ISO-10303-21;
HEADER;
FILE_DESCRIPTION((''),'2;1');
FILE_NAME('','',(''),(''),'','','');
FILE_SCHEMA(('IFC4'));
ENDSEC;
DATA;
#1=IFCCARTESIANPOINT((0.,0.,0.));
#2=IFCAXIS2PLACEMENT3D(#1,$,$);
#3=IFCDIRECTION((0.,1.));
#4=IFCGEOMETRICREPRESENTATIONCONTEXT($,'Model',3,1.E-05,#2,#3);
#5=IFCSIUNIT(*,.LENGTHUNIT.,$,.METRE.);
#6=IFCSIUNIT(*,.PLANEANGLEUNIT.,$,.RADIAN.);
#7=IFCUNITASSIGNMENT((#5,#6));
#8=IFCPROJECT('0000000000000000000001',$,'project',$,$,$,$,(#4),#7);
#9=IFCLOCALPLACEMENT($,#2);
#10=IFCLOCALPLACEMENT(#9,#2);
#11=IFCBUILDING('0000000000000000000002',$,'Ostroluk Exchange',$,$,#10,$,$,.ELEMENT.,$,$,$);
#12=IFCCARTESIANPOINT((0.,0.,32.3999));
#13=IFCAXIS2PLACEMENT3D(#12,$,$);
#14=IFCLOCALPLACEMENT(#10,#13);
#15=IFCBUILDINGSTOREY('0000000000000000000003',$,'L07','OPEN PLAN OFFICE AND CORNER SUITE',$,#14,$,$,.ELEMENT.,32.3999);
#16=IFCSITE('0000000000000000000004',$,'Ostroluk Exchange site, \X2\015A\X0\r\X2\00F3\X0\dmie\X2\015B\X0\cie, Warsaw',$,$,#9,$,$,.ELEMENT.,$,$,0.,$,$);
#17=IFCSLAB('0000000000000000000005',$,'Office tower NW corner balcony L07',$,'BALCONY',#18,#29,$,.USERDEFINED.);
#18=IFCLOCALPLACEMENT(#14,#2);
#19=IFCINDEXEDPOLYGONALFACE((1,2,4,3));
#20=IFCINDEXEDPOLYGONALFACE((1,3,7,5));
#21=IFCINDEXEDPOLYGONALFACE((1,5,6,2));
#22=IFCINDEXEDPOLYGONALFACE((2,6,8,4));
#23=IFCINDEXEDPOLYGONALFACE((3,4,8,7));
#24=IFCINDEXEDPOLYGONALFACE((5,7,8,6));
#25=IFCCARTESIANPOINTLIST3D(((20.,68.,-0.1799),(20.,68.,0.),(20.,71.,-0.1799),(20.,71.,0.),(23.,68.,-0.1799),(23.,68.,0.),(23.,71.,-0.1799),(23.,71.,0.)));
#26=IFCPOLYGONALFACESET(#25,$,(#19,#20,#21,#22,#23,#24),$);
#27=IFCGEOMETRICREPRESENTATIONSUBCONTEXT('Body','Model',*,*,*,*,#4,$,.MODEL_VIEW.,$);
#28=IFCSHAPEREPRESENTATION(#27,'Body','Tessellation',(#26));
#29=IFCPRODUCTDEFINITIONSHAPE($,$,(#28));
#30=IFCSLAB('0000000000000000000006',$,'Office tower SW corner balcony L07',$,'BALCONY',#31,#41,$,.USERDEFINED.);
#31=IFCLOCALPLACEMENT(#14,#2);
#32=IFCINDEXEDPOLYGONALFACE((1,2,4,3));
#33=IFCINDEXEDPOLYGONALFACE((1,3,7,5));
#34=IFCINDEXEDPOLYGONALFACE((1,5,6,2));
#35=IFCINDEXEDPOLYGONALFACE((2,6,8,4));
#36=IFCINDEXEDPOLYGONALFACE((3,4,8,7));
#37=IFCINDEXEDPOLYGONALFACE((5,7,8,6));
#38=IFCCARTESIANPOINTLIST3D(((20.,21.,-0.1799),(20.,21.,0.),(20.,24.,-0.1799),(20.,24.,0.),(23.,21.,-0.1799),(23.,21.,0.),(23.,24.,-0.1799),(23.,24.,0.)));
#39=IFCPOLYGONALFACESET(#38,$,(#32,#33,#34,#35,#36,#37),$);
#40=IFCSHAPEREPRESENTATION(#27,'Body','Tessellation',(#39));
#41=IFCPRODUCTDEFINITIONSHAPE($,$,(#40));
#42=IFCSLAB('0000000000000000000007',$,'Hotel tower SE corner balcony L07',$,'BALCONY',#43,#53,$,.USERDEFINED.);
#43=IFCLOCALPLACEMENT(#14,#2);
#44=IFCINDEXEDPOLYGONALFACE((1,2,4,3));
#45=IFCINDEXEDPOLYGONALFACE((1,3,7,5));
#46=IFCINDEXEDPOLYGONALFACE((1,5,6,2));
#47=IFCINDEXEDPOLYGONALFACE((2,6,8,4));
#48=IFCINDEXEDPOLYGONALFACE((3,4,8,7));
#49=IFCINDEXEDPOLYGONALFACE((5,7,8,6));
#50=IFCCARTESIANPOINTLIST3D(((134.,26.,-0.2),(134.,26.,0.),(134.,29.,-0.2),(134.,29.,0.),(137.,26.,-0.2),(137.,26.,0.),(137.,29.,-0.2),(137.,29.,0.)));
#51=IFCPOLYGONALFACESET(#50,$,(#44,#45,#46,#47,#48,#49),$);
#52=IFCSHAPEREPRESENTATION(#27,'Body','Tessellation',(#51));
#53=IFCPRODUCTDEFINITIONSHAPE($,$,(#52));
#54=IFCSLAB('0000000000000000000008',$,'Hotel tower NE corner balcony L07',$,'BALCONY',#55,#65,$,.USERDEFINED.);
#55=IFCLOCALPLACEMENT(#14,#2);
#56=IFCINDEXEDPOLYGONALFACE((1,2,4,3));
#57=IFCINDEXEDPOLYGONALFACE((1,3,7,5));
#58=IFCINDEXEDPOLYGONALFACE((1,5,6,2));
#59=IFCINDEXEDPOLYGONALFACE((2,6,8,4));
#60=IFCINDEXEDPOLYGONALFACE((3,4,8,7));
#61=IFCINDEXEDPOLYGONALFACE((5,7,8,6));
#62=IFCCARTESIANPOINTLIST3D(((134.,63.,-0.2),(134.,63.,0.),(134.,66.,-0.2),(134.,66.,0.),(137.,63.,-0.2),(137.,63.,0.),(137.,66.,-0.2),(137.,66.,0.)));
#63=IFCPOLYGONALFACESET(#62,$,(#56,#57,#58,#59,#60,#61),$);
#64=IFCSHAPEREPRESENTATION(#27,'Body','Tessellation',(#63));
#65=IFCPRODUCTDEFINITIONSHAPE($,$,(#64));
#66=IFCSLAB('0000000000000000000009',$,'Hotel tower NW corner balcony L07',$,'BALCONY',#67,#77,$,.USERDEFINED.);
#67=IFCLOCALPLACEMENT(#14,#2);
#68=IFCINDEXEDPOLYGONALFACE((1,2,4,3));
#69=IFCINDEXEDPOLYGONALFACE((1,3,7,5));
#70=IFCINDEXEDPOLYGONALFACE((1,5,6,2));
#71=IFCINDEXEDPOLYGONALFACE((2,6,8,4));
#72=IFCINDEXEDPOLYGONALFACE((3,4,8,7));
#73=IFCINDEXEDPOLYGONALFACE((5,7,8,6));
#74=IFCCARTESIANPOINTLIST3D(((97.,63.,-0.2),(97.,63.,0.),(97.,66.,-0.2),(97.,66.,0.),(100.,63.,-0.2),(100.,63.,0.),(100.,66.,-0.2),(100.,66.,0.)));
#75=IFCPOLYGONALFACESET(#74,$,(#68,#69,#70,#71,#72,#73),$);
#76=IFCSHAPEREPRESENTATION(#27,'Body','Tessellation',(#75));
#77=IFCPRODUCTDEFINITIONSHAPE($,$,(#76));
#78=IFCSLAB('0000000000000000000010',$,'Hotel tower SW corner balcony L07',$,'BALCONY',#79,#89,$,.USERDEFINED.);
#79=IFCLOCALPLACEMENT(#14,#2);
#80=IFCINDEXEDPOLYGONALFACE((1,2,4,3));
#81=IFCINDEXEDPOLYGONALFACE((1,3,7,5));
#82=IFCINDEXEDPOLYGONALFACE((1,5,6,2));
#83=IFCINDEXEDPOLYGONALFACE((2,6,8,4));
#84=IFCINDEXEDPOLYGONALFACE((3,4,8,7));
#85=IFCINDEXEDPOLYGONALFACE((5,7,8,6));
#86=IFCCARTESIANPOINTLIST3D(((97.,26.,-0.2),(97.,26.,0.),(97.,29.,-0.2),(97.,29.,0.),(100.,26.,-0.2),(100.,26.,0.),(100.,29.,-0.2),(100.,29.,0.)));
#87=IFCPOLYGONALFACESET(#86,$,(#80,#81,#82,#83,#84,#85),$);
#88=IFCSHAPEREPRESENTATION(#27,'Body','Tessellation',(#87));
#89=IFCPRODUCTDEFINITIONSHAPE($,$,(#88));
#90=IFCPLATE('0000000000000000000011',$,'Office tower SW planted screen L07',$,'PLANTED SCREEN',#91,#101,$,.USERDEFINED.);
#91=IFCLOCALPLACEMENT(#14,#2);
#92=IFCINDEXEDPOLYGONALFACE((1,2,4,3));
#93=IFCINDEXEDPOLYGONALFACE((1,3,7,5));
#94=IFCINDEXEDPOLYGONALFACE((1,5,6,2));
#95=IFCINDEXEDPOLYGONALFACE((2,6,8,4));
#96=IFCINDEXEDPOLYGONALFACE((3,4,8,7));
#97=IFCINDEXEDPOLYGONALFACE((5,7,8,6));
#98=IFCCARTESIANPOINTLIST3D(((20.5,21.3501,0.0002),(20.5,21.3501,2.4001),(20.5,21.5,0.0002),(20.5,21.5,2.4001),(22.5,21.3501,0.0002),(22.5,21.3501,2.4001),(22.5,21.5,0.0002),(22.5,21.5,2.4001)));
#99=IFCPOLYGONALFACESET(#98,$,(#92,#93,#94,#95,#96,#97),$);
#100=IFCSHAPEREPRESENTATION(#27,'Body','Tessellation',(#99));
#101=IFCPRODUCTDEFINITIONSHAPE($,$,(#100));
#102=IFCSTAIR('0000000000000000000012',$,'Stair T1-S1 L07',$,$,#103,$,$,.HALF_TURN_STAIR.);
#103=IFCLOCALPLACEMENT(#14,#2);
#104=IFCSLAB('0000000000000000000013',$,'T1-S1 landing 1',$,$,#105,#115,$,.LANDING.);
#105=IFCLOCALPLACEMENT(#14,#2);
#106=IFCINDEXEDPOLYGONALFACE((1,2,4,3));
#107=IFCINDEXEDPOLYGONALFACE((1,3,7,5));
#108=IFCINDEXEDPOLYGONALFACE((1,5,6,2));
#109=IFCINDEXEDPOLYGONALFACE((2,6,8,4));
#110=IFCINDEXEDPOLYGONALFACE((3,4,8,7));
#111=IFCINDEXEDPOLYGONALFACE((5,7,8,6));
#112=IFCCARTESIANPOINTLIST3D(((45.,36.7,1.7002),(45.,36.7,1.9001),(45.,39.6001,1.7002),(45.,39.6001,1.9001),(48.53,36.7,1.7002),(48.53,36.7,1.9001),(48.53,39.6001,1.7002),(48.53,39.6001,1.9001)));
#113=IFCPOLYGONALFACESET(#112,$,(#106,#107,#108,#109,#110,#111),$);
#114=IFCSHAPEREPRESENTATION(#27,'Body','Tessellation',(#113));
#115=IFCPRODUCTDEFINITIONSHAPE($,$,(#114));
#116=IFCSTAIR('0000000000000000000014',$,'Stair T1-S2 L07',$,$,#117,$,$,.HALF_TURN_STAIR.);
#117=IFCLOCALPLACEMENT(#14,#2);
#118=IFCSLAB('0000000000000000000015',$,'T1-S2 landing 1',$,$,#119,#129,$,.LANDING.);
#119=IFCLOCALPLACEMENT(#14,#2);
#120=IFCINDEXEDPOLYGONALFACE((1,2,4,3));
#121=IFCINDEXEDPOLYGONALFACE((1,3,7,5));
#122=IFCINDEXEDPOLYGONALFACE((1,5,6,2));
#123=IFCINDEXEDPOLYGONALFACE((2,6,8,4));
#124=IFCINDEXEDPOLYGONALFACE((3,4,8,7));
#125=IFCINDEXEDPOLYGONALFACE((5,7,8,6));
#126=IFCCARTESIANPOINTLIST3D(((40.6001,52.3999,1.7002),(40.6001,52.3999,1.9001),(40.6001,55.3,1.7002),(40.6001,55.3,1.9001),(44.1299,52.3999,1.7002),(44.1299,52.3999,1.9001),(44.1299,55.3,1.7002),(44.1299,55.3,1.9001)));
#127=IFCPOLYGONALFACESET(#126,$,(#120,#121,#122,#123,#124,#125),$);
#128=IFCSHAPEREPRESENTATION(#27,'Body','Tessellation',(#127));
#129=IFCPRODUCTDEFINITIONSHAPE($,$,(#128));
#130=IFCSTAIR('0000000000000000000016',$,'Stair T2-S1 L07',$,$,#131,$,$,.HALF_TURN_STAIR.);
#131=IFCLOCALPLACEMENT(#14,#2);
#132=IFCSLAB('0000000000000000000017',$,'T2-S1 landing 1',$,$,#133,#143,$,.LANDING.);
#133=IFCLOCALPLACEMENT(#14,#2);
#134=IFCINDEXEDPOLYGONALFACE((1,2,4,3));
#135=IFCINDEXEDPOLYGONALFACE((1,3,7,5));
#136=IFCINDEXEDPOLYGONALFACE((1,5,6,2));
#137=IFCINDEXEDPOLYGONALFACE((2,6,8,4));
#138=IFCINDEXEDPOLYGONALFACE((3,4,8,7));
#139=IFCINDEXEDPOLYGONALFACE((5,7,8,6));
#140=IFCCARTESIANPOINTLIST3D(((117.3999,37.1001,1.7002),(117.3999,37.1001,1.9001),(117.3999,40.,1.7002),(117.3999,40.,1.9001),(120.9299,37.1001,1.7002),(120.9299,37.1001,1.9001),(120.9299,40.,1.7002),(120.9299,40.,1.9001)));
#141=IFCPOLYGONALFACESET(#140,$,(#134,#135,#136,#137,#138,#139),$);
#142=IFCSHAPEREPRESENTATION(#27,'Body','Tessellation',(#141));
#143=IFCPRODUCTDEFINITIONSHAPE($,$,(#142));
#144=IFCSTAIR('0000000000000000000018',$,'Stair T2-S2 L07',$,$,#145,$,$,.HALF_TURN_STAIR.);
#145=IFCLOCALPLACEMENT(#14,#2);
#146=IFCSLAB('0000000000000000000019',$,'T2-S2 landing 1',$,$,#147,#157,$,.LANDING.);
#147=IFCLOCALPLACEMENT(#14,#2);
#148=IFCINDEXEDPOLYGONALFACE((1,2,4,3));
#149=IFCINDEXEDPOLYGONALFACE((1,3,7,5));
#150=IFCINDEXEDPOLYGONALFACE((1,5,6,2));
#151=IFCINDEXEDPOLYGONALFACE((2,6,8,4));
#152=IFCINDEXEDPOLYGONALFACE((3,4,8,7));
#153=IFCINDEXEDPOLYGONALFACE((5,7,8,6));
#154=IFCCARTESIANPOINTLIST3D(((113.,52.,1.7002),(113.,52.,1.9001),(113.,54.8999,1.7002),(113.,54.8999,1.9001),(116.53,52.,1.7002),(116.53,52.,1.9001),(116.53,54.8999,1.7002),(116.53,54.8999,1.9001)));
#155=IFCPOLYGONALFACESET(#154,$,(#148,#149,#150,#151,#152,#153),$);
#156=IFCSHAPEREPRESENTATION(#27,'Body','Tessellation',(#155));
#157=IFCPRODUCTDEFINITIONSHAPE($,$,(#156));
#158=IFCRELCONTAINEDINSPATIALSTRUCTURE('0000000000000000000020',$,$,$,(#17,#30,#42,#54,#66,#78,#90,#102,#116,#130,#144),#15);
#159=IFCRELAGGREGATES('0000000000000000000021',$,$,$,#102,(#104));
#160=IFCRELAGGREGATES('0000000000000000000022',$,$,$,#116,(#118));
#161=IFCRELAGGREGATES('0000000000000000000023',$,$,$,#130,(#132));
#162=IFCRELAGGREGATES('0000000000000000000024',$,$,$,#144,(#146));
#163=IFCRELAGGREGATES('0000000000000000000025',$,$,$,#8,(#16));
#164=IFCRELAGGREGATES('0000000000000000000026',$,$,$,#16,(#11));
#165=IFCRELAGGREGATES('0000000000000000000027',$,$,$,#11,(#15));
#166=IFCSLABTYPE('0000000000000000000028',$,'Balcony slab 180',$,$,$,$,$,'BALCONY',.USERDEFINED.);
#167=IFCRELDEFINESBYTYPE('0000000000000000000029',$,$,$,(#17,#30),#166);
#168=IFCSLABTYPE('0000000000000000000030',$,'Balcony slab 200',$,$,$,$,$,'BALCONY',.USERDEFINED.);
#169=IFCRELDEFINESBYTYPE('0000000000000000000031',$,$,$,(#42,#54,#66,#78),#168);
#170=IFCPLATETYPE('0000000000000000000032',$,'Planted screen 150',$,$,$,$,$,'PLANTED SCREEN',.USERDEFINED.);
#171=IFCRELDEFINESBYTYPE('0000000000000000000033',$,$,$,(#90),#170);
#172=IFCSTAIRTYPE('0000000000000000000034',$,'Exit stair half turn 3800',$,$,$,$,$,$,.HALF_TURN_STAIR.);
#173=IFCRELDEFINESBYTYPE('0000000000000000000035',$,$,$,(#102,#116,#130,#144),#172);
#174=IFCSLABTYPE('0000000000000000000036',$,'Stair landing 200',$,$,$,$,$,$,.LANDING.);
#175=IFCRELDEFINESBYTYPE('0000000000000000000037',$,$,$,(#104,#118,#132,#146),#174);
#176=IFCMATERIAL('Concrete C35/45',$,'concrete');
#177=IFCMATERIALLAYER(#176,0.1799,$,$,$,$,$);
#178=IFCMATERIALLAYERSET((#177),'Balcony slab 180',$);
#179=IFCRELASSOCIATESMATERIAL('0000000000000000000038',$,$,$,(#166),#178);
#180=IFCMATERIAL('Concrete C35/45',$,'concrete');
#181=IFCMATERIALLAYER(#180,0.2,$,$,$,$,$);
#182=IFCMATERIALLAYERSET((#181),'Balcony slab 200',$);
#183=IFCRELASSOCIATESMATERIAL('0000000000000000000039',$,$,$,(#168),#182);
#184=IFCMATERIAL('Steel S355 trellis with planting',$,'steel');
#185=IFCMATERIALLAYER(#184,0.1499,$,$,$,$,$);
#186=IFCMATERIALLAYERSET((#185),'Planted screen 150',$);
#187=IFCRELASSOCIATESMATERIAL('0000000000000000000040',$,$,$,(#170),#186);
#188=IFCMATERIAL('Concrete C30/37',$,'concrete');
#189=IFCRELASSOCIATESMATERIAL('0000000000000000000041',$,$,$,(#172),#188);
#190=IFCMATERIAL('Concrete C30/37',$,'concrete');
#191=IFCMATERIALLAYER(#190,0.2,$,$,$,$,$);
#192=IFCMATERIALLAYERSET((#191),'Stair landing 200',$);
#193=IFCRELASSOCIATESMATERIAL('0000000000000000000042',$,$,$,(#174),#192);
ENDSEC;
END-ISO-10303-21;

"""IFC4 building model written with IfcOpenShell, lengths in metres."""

from ifc_helpers import new_model, si_unit, direction, frame, origin, origin_2d, place, context, subcontext, project, spatial, polyline, rectangle, outline, extrude, material, layer, layer_set, type_object, element, aggregate, save


model = new_model("IFC4")

# Units and contexts
model_context = context("Model", 3, precision=1e-05, world=origin(), true_north=direction((0.0, 1.0)))
body_context = subcontext(model_context, "Body", "Model", "MODEL_VIEW")
ifc_project = project(units=[si_unit("LENGTHUNIT", "METRE"), si_unit("PLANEANGLEUNIT", "RADIAN")], contexts=[model_context])

# Site, building, storey
site_placement = place(None, origin())
site = spatial("IfcSite", under=ifc_project, at=site_placement, Name="Ostroluk Exchange site, Śródmieście, Warsaw", CompositionType="ELEMENT", RefElevation=0.0)
building_placement = place(site_placement, origin())
building = spatial("IfcBuilding", under=site, at=building_placement, Name="Ostroluk Exchange", CompositionType="ELEMENT")
storey_placement = place(building_placement, frame((0.0, 0.0, 32.3999)))
storey = spatial("IfcBuildingStorey", under=building, at=storey_placement, Name="L07", Description="OPEN PLAN OFFICE AND CORNER SUITE", CompositionType="ELEMENT", Elevation=32.3999)

# Slabs
ifc_material_1 = material(Name="Concrete C35/45", Category="concrete")
ifc_layer_1 = layer(ifc_material_1, 0.1799)
ifc_layer_set_1 = layer_set([ifc_layer_1], Name="Balcony slab 180")
slab_type_1 = type_object("IfcSlabType", Name="Balcony slab 180", ElementType="BALCONY", PredefinedType="USERDEFINED", material=ifc_layer_set_1)
slab_1_placement = place(storey_placement, frame((0.0, 0.0, -0.1799)))
element("IfcSlab", 1, at=slab_1_placement, inside=storey, type_object=slab_type_1, Name="Office tower NW corner balcony L07", ObjectType="BALCONY", PredefinedType="USERDEFINED", context=body_context, shape_type="SweptSolid", body=[
    extrude(outline(polyline([(20.0, 68.0), (23.0, 68.0), (23.0, 71.0), (20.0, 71.0), (20.0, 68.0)])), origin(), (0.0, 0.0, 1.0), 0.1799),
])
slab_2_placement = place(storey_placement, frame((0.0, 0.0, -0.1799)))
element("IfcSlab", 2, at=slab_2_placement, inside=storey, type_object=slab_type_1, Name="Office tower SW corner balcony L07", ObjectType="BALCONY", PredefinedType="USERDEFINED", context=body_context, shape_type="SweptSolid", body=[
    extrude(outline(polyline([(20.0, 21.0), (23.0, 21.0), (23.0, 24.0), (20.0, 24.0), (20.0, 21.0)])), origin(), (0.0, 0.0, 1.0), 0.1799),
])
ifc_material_2 = material(Name="Concrete C35/45", Category="concrete")
ifc_layer_2 = layer(ifc_material_2, 0.2)
ifc_layer_set_2 = layer_set([ifc_layer_2], Name="Balcony slab 200")
slab_type_2 = type_object("IfcSlabType", Name="Balcony slab 200", ElementType="BALCONY", PredefinedType="USERDEFINED", material=ifc_layer_set_2)
slab_3_placement = place(storey_placement, frame((0.0, 0.0, -0.2)))
element("IfcSlab", 3, at=slab_3_placement, inside=storey, type_object=slab_type_2, Name="Hotel tower SE corner balcony L07", ObjectType="BALCONY", PredefinedType="USERDEFINED", context=body_context, shape_type="SweptSolid", body=[
    extrude(outline(polyline([(134.0, 26.0), (137.0, 26.0), (137.0, 29.0), (134.0, 29.0), (134.0, 26.0)])), origin(), (0.0, 0.0, 1.0), 0.2),
])
slab_4_placement = place(storey_placement, frame((0.0, 0.0, -0.2)))
element("IfcSlab", 4, at=slab_4_placement, inside=storey, type_object=slab_type_2, Name="Hotel tower NE corner balcony L07", ObjectType="BALCONY", PredefinedType="USERDEFINED", context=body_context, shape_type="SweptSolid", body=[
    extrude(outline(polyline([(134.0, 63.0), (137.0, 63.0), (137.0, 66.0), (134.0, 66.0), (134.0, 63.0)])), origin(), (0.0, 0.0, 1.0), 0.2),
])
slab_5_placement = place(storey_placement, frame((0.0, 0.0, -0.2)))
element("IfcSlab", 5, at=slab_5_placement, inside=storey, type_object=slab_type_2, Name="Hotel tower NW corner balcony L07", ObjectType="BALCONY", PredefinedType="USERDEFINED", context=body_context, shape_type="SweptSolid", body=[
    extrude(outline(polyline([(97.0, 63.0), (100.0, 63.0), (100.0, 66.0), (97.0, 66.0), (97.0, 63.0)])), origin(), (0.0, 0.0, 1.0), 0.2),
])
slab_6_placement = place(storey_placement, frame((0.0, 0.0, -0.2)))
element("IfcSlab", 6, at=slab_6_placement, inside=storey, type_object=slab_type_2, Name="Hotel tower SW corner balcony L07", ObjectType="BALCONY", PredefinedType="USERDEFINED", context=body_context, shape_type="SweptSolid", body=[
    extrude(outline(polyline([(97.0, 26.0), (100.0, 26.0), (100.0, 29.0), (97.0, 29.0), (97.0, 26.0)])), origin(), (0.0, 0.0, 1.0), 0.2),
])

# Plate
ifc_material_3 = material(Name="Steel S355 trellis with planting", Category="steel")
ifc_layer_3 = layer(ifc_material_3, 0.1499)
ifc_layer_set_3 = layer_set([ifc_layer_3], Name="Planted screen 150")
plate_type = type_object("IfcPlateType", Name="Planted screen 150", ElementType="PLANTED SCREEN", PredefinedType="USERDEFINED", material=ifc_layer_set_3)
plate_placement = place(storey_placement, frame((21.5, 21.425, 0.0002), z_axis=(0.0, 0.0, 1.0), x_axis=(1.0, 0.0, 0.0)))
element("IfcPlate", 7, at=plate_placement, inside=storey, type_object=plate_type, Name="Office tower SW planted screen L07", ObjectType="PLANTED SCREEN", PredefinedType="USERDEFINED", context=body_context, shape_type="SweptSolid", body=[
    extrude(rectangle(XDim=2.0, YDim=0.1499, at=origin_2d()), origin(), (0.0, 0.0, 1.0), 2.3999),
])

# Stairs, slabs
ifc_material_4 = material(Name="Concrete C30/37", Category="concrete")
stair_type = type_object("IfcStairType", Name="Exit stair half turn 3800", PredefinedType="HALF_TURN_STAIR", material=ifc_material_4)
stair_1_placement = place(storey_placement, origin())
stair_1 = element("IfcStair", 8, at=stair_1_placement, inside=storey, type_object=stair_type, Name="Stair T1-S1 L07", PredefinedType="HALF_TURN_STAIR")
ifc_material_5 = material(Name="Concrete C30/37", Category="concrete")
ifc_layer_4 = layer(ifc_material_5, 0.2)
ifc_layer_set_4 = layer_set([ifc_layer_4], Name="Stair landing 200")
slab_type_3 = type_object("IfcSlabType", Name="Stair landing 200", PredefinedType="LANDING", material=ifc_layer_set_4)
slab_7_placement = place(storey_placement, frame((0.0, 0.0, 1.7002)))
slab_7 = element("IfcSlab", 9, at=slab_7_placement, type_object=slab_type_3, Name="T1-S1 landing 1", PredefinedType="LANDING", context=body_context, shape_type="SweptSolid", body=[
    extrude(outline(polyline([(45.0, 36.7), (45.0, 39.6001), (48.53, 39.6001), (48.53, 36.7), (45.0, 36.7)])), origin(), (0.0, 0.0, 1.0), 0.2),
])
aggregate(stair_1, [slab_7])
stair_2_placement = place(storey_placement, origin())
stair_2 = element("IfcStair", 10, at=stair_2_placement, inside=storey, type_object=stair_type, Name="Stair T1-S2 L07", PredefinedType="HALF_TURN_STAIR")
slab_8_placement = place(storey_placement, frame((0.0, 0.0, 1.7002)))
slab_8 = element("IfcSlab", 11, at=slab_8_placement, type_object=slab_type_3, Name="T1-S2 landing 1", PredefinedType="LANDING", context=body_context, shape_type="SweptSolid", body=[
    extrude(outline(polyline([(44.1299, 52.3999), (44.1299, 55.3), (40.6001, 55.3), (40.6001, 52.3999), (44.1299, 52.3999)])), origin(), (0.0, 0.0, 1.0), 0.2),
])
aggregate(stair_2, [slab_8])
stair_3_placement = place(storey_placement, origin())
stair_3 = element("IfcStair", 12, at=stair_3_placement, inside=storey, type_object=stair_type, Name="Stair T2-S1 L07", PredefinedType="HALF_TURN_STAIR")
slab_9_placement = place(storey_placement, frame((0.0, 0.0, 1.7002)))
slab_9 = element("IfcSlab", 13, at=slab_9_placement, type_object=slab_type_3, Name="T2-S1 landing 1", PredefinedType="LANDING", context=body_context, shape_type="SweptSolid", body=[
    extrude(outline(polyline([(117.3999, 37.1001), (117.3999, 40.0), (120.9299, 40.0), (120.9299, 37.1001), (117.3999, 37.1001)])), origin(), (0.0, 0.0, 1.0), 0.2),
])
aggregate(stair_3, [slab_9])
stair_4_placement = place(storey_placement, origin())
stair_4 = element("IfcStair", 14, at=stair_4_placement, inside=storey, type_object=stair_type, Name="Stair T2-S2 L07", PredefinedType="HALF_TURN_STAIR")
slab_10_placement = place(storey_placement, frame((0.0, 0.0, 1.7002)))
slab_10 = element("IfcSlab", 15, at=slab_10_placement, type_object=slab_type_3, Name="T2-S2 landing 1", PredefinedType="LANDING", context=body_context, shape_type="SweptSolid", body=[
    extrude(outline(polyline([(116.53, 52.0), (116.53, 54.8999), (113.0, 54.8999), (113.0, 52.0), (116.53, 52.0)])), origin(), (0.0, 0.0, 1.0), 0.2),
])
aggregate(stair_4, [slab_10])

save(model, "model.ifc")
